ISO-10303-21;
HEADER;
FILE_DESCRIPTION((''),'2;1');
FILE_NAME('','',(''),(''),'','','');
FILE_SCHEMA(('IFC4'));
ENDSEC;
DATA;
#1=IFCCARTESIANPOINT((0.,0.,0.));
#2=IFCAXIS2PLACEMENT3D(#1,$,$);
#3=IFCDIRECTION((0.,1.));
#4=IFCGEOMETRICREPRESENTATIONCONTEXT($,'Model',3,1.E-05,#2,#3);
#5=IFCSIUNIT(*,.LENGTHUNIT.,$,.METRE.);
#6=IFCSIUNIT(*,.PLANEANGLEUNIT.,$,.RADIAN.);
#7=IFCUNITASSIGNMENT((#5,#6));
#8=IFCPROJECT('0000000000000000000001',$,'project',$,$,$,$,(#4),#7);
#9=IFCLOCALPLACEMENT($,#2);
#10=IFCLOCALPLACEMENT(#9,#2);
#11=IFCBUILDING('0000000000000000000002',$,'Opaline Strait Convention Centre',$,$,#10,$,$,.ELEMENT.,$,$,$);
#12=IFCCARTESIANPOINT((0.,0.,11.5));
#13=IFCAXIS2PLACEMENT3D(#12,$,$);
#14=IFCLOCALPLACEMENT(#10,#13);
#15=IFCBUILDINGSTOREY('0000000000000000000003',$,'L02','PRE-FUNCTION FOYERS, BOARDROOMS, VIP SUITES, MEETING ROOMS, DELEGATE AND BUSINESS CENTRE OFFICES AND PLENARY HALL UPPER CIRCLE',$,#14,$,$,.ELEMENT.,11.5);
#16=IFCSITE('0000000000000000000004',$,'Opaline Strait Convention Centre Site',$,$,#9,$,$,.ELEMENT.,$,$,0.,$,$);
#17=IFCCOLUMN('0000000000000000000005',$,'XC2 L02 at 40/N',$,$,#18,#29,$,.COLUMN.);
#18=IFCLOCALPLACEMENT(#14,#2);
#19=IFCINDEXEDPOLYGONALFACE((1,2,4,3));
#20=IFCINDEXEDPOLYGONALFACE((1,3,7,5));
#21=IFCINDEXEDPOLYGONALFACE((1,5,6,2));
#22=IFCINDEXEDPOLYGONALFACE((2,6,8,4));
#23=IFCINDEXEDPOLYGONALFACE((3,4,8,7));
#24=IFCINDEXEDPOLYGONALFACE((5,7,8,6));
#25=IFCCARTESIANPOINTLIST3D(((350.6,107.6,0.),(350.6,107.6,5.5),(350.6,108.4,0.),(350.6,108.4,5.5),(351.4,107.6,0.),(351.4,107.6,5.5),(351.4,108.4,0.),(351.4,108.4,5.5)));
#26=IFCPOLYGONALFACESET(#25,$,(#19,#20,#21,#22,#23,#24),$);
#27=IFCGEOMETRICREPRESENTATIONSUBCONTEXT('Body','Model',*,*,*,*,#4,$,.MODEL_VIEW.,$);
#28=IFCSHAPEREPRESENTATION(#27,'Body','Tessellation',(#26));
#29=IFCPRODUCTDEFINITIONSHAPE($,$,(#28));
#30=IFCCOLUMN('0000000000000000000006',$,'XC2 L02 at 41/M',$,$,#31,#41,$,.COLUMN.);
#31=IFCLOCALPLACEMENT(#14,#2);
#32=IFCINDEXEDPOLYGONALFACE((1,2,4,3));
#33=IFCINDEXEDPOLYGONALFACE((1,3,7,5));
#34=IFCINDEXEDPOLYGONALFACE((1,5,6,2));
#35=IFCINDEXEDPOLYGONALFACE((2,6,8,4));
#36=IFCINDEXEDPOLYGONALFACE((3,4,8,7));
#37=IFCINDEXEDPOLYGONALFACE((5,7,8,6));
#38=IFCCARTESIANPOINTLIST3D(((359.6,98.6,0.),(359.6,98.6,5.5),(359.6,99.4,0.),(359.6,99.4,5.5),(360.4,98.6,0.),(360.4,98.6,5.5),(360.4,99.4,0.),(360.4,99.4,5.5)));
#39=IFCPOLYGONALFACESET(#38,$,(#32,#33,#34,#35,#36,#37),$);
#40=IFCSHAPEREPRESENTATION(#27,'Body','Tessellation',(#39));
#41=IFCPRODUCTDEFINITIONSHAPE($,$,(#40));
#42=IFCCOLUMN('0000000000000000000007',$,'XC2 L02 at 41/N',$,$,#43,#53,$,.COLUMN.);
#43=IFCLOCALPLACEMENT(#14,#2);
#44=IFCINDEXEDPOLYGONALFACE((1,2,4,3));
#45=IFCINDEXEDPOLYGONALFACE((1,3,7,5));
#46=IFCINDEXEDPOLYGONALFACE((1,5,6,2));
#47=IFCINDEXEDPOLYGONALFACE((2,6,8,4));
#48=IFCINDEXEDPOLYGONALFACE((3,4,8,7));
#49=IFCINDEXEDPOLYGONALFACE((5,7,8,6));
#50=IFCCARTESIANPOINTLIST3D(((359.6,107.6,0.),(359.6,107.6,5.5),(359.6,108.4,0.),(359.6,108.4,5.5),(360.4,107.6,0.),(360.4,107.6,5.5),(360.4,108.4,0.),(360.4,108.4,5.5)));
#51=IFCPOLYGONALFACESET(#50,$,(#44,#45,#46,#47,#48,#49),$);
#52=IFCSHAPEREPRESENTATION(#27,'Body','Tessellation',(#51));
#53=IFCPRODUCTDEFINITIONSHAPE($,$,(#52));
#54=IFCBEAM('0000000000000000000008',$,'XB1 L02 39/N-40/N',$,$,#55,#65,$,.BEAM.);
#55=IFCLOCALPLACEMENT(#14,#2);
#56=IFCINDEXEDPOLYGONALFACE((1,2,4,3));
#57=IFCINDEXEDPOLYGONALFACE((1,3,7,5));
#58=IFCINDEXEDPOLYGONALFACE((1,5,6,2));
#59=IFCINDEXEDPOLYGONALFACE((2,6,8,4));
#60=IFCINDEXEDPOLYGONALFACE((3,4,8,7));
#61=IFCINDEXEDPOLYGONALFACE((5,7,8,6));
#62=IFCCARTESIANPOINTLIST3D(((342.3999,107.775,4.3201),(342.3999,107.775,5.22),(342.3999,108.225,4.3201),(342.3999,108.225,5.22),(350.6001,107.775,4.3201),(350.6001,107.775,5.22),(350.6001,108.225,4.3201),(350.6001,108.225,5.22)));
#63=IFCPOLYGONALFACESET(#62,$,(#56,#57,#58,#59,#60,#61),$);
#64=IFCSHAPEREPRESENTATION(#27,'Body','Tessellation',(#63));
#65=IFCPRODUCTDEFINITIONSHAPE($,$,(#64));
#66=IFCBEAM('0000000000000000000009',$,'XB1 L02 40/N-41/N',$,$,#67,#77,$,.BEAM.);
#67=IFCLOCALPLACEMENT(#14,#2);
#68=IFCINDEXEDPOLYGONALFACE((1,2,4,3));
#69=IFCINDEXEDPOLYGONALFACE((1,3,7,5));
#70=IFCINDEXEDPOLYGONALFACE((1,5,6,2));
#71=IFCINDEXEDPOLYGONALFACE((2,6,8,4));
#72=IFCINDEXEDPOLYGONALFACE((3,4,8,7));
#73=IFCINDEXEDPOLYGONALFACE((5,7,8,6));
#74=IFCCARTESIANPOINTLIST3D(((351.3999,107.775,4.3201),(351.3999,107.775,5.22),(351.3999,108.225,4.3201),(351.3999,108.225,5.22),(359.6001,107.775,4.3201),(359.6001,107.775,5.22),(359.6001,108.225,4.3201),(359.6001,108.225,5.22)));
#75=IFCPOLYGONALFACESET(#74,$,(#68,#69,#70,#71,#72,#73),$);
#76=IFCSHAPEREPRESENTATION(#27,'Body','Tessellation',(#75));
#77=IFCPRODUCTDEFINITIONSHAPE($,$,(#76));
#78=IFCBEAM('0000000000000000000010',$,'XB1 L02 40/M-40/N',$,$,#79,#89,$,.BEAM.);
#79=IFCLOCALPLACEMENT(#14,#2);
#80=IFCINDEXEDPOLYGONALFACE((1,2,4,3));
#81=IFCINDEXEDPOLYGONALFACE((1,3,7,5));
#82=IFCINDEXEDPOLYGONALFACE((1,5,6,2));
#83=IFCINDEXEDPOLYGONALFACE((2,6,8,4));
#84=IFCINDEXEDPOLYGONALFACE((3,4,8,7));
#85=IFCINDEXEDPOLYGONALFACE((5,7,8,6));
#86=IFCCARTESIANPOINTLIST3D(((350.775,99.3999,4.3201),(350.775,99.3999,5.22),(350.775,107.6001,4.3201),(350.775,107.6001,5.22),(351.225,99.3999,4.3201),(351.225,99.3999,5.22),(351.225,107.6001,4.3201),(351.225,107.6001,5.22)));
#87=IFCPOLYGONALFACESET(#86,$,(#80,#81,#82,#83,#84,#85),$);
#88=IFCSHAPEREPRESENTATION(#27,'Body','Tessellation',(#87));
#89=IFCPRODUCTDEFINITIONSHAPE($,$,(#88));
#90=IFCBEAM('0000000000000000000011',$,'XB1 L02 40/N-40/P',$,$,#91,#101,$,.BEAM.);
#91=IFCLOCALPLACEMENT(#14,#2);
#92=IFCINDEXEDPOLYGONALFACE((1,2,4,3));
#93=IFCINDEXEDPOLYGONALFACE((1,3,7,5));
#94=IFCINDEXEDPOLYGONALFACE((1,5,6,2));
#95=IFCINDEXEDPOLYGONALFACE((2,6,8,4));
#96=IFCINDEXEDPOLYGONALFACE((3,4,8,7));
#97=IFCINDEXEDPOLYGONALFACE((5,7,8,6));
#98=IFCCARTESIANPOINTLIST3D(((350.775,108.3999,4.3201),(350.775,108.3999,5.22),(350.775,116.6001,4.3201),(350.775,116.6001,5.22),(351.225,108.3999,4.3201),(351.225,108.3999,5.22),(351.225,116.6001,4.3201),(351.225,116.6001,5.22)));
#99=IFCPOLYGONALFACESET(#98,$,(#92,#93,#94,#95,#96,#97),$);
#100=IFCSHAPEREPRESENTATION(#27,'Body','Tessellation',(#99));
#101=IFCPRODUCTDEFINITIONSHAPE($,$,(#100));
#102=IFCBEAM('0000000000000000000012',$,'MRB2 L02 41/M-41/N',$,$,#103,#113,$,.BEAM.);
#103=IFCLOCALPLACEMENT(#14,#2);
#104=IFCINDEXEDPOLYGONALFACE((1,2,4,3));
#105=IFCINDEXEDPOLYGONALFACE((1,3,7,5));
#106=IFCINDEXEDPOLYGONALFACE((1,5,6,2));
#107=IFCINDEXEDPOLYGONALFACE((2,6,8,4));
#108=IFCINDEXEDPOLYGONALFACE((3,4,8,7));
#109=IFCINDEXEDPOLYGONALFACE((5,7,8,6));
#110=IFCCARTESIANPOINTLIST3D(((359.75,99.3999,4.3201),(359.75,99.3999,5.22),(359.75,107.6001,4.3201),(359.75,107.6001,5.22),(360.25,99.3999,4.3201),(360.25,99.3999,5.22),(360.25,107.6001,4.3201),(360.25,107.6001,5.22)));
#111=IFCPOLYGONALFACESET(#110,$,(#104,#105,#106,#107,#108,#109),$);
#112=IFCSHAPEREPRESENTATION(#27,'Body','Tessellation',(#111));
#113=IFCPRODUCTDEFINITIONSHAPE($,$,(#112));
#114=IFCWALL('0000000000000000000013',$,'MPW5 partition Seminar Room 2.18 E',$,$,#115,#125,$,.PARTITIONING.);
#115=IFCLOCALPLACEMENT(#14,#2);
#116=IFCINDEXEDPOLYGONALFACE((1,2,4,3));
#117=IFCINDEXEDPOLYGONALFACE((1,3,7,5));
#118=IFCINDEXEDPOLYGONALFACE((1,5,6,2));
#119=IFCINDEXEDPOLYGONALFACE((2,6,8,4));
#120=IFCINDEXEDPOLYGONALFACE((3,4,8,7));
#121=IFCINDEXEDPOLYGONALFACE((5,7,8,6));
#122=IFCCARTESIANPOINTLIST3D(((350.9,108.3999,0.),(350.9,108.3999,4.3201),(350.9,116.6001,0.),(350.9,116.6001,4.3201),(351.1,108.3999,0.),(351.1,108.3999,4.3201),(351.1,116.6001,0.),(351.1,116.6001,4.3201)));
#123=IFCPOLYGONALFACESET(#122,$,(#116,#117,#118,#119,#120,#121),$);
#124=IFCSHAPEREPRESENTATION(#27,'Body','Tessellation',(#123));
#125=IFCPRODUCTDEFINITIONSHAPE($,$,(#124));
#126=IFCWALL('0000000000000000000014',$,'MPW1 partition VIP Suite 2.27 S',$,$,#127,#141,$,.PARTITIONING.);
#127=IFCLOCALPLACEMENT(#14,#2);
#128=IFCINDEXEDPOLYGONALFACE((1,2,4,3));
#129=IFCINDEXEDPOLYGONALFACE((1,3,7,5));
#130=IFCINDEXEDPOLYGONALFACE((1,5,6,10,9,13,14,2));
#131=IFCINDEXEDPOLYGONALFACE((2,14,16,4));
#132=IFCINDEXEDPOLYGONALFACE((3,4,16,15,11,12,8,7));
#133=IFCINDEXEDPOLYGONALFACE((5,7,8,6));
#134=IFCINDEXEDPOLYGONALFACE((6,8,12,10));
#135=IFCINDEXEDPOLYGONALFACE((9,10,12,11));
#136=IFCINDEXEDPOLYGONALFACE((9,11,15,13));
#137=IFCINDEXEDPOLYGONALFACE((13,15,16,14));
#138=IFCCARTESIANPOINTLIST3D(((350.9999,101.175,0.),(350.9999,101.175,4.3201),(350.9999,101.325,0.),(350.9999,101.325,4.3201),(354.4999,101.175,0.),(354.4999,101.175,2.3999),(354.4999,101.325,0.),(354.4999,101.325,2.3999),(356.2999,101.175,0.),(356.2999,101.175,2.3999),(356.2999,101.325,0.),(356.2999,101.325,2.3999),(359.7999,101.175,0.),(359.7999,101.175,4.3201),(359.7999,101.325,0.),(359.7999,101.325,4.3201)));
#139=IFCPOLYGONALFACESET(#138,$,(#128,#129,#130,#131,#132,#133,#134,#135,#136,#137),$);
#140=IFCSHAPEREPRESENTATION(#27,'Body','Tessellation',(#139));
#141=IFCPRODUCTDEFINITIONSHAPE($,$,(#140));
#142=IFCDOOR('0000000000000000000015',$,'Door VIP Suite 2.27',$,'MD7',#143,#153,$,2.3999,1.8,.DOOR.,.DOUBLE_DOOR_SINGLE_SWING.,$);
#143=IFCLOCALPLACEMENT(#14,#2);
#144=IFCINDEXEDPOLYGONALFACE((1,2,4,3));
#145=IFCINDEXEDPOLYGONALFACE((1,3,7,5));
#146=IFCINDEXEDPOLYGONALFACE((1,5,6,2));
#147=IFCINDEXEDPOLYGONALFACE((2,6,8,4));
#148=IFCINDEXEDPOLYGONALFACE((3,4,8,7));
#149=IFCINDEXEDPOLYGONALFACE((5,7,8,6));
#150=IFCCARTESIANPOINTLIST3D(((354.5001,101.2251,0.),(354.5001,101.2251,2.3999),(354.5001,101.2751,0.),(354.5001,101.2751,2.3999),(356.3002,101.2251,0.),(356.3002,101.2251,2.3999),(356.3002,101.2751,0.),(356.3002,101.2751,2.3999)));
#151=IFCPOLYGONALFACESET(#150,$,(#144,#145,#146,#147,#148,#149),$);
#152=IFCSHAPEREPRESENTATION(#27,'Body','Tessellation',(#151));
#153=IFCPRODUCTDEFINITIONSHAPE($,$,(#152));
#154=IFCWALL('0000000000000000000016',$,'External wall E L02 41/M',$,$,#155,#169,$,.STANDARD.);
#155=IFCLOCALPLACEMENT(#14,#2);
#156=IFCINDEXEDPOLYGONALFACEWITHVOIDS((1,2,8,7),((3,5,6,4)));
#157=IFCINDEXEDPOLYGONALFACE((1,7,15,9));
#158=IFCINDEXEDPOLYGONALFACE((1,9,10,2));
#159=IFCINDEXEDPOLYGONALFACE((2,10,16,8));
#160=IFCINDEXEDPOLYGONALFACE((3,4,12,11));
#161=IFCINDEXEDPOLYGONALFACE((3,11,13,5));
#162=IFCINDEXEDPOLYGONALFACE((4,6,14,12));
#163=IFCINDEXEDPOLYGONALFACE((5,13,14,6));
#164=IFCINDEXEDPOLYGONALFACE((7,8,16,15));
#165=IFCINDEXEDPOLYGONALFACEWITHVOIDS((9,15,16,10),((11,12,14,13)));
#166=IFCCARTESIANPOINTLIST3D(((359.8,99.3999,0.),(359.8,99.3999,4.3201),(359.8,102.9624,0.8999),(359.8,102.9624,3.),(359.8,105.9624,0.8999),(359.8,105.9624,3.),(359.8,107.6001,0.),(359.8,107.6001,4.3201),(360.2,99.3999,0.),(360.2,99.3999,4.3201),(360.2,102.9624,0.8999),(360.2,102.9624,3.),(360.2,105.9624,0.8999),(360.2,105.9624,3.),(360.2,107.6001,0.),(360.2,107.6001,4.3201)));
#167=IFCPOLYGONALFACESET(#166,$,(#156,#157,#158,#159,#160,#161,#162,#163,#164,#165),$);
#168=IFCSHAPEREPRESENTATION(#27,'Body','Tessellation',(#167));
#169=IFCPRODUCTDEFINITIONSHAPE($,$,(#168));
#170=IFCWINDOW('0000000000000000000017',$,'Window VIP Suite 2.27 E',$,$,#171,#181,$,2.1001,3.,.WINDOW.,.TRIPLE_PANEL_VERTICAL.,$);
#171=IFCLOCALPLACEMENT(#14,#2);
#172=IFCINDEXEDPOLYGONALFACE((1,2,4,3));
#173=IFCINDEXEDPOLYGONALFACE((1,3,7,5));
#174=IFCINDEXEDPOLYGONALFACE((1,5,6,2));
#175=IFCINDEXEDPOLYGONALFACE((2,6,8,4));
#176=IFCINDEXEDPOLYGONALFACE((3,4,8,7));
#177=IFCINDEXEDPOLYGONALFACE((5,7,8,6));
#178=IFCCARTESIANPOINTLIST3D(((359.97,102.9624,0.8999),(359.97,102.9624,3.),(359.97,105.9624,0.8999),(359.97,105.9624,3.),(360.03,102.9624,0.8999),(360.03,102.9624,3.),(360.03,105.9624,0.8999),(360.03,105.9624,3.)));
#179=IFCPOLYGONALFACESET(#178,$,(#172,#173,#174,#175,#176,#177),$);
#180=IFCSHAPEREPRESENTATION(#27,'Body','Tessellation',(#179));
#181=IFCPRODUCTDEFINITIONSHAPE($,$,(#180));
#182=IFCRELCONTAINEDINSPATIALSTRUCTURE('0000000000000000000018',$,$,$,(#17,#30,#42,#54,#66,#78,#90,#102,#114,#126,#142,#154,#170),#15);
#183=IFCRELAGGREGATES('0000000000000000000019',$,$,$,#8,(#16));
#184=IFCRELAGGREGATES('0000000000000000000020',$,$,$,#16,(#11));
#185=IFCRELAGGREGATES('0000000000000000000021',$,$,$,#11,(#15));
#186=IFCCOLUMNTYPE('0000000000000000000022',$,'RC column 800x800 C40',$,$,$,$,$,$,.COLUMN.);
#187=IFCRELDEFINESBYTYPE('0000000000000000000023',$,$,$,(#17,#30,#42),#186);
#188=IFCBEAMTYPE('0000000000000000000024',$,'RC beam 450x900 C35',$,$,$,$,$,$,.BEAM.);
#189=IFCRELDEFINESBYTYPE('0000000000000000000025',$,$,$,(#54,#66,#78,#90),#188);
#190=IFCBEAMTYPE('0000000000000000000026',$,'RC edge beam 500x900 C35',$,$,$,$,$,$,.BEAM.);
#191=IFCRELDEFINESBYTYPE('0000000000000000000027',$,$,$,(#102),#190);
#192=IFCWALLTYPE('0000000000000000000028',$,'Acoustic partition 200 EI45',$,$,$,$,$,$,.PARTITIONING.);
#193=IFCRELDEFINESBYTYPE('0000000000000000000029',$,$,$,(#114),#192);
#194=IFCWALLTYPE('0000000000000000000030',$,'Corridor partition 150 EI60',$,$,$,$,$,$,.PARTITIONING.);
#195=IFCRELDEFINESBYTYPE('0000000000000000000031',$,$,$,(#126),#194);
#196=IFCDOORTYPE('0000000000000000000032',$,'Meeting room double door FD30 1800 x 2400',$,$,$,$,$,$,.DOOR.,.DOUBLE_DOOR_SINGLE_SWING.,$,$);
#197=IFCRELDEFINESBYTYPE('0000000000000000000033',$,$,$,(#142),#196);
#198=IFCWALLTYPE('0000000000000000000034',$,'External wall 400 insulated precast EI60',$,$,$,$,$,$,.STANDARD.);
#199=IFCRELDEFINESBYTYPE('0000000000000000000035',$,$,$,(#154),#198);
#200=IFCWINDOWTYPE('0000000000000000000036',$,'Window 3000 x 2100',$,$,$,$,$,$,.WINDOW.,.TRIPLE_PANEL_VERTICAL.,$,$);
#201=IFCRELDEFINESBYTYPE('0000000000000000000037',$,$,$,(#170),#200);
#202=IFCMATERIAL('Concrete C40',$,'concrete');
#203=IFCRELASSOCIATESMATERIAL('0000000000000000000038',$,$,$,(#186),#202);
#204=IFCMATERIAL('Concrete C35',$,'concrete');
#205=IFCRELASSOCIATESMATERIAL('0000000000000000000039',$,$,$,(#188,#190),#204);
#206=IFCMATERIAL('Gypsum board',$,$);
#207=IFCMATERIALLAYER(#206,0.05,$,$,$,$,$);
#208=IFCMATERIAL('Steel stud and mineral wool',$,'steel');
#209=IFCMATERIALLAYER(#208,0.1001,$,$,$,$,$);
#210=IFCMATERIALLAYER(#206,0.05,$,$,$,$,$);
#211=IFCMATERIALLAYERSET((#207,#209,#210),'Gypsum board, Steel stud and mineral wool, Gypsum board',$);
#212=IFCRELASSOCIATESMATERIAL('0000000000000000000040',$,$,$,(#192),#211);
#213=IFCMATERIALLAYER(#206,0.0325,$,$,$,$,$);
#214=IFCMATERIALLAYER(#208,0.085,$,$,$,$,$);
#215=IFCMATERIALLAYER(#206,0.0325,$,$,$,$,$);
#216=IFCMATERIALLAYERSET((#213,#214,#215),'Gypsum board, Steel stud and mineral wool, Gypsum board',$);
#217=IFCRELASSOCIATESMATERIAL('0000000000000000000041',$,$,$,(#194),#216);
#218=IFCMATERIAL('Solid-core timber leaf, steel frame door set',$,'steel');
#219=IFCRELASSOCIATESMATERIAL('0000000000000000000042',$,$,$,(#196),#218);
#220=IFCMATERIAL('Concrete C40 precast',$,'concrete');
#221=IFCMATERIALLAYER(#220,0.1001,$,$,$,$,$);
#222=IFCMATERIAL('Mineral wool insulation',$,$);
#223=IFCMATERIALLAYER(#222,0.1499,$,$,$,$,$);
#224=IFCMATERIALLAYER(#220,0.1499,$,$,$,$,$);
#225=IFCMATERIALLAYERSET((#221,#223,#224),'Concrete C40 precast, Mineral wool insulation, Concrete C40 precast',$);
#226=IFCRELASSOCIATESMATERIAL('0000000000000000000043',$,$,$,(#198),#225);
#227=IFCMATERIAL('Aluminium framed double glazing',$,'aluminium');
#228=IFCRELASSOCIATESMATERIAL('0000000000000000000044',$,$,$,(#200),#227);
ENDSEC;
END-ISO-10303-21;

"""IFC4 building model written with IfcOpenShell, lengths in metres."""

from ifc_helpers import new_model, si_unit, direction, frame, frame_2d, origin, origin_2d, place, context, subcontext, project, spatial, rectangle, extrude, material, layer, layer_set, material_profile, profile_set, type_object, element, fill, save


model = new_model("IFC4")

# Units and contexts
model_context = context("Model", 3, precision=1e-05, world=origin(), true_north=direction((0.0, 1.0)))
body_context = subcontext(model_context, "Body", "Model", "MODEL_VIEW")
ifc_project = project(units=[si_unit("LENGTHUNIT", "METRE"), si_unit("PLANEANGLEUNIT", "RADIAN")], contexts=[model_context])

# Site, building, storey
site_placement = place(None, origin())
site = spatial("IfcSite", under=ifc_project, at=site_placement, Name="Opaline Strait Convention Centre Site", CompositionType="ELEMENT", RefElevation=0.0)
building_placement = place(site_placement, origin())
building = spatial("IfcBuilding", under=site, at=building_placement, Name="Opaline Strait Convention Centre", CompositionType="ELEMENT")
storey_placement = place(building_placement, frame((0.0, 0.0, 11.5)))
storey = spatial("IfcBuildingStorey", under=building, at=storey_placement, Name="L02", Description="PRE-FUNCTION FOYERS, BOARDROOMS, VIP SUITES, MEETING ROOMS, DELEGATE AND BUSINESS CENTRE OFFICES AND PLENARY HALL UPPER CIRCLE", CompositionType="ELEMENT", Elevation=11.5)

# Columns
ifc_material_1 = material(Name="Concrete C40", Category="concrete")
ifc_material_profile_1 = material_profile(ifc_material_1, rectangle(XDim=0.8, YDim=0.8, at=origin_2d()), Name="RC 800x800")
ifc_profile_set_1 = profile_set([ifc_material_profile_1], Name="Concrete C40")
column_type = type_object("IfcColumnType", Name="RC column 800x800 C40", PredefinedType="COLUMN", material=ifc_profile_set_1)
for number, where, z_axis, x_axis, name in (
    (1, (351.0, 108.0, 0.0), (0.0, 0.0, 1.0), (1.0, 0.0, 0.0), "XC2 L02 at 40/N"),
    (2, (360.0, 99.0, 0.0), (0.0, 0.0, 1.0), (1.0, 0.0, 0.0), "XC2 L02 at 41/M"),
    (3, (360.0, 108.0, 0.0), (0.0, 0.0, 1.0), (1.0, 0.0, 0.0), "XC2 L02 at 41/N"),
):
    element("IfcColumn", number, at=place(storey_placement, frame(where, z_axis=z_axis, x_axis=x_axis)), inside=storey, type_object=column_type, Name=name, PredefinedType="COLUMN", context=body_context, shape_type="SweptSolid", body=[
        extrude(rectangle(XDim=0.8, YDim=0.8, at=origin_2d()), origin(), (0.0, 0.0, 1.0), 5.5),
    ])

# Beams
ifc_material_2 = material(Name="Concrete C35", Category="concrete")
ifc_material_profile_2 = material_profile(ifc_material_2, rectangle(XDim=0.45, YDim=0.8999, at=origin_2d()), Name="RC 450x900")
ifc_profile_set_2 = profile_set([ifc_material_profile_2], Name="Concrete C35")
beam_type_1 = type_object("IfcBeamType", Name="RC beam 450x900 C35", PredefinedType="BEAM", material=ifc_profile_set_2)
for number, where, z_axis, x_axis, name in (
    (4, (342.3999, 108.0, 4.77), (1.0, 0.0, 0.0), (0.0, 1.0, 0.0), "XB1 L02 39/N-40/N"),
    (5, (351.3999, 108.0, 4.77), (1.0, 0.0, 0.0), (0.0, 1.0, 0.0), "XB1 L02 40/N-41/N"),
    (6, (351.0, 99.3999, 4.77), (0.0, 1.0, 0.0), (-1.0, 0.0, 0.0), "XB1 L02 40/M-40/N"),
    (7, (351.0, 108.3999, 4.77), (0.0, 1.0, 0.0), (-1.0, 0.0, 0.0), "XB1 L02 40/N-40/P"),
):
    element("IfcBeam", number, at=place(storey_placement, frame(where, z_axis=z_axis, x_axis=x_axis)), inside=storey, type_object=beam_type_1, Name=name, PredefinedType="BEAM", context=body_context, shape_type="SweptSolid", body=[
        extrude(rectangle(XDim=0.45, YDim=0.8999, at=origin_2d()), origin(), (0.0, 0.0, 1.0), 8.2002),
    ])
ifc_material_profile_3 = material_profile(ifc_material_2, rectangle(XDim=0.5, YDim=0.8999, at=origin_2d()), Name="RC 500x900")
ifc_profile_set_3 = profile_set([ifc_material_profile_3], Name="Concrete C35")
beam_type_2 = type_object("IfcBeamType", Name="RC edge beam 500x900 C35", PredefinedType="BEAM", material=ifc_profile_set_3)
beam_placement = place(storey_placement, frame((360.0, 99.3999, 4.77), z_axis=(0.0, 1.0, 0.0), x_axis=(-1.0, 0.0, 0.0)))
element("IfcBeam", 8, at=beam_placement, inside=storey, type_object=beam_type_2, Name="MRB2 L02 41/M-41/N", PredefinedType="BEAM", context=body_context, shape_type="SweptSolid", body=[
    extrude(rectangle(XDim=0.5, YDim=0.8999, at=origin_2d()), origin(), (0.0, 0.0, 1.0), 8.2002),
])

# Wall
ifc_material_3 = material(Name="Gypsum board")
ifc_layer_1 = layer(ifc_material_3, 0.05)
ifc_material_4 = material(Name="Steel stud and mineral wool", Category="steel")
ifc_layer_2 = layer(ifc_material_4, 0.1001)
ifc_layer_3 = layer(ifc_material_3, 0.05)
ifc_layer_set_1 = layer_set([ifc_layer_1, ifc_layer_2, ifc_layer_3], Name="Gypsum board, Steel stud and mineral wool, Gypsum board")
wall_type_1 = type_object("IfcWallType", Name="Acoustic partition 200 EI45", PredefinedType="PARTITIONING", material=ifc_layer_set_1)
wall_1_placement = place(storey_placement, frame((351.0, 108.3999, 0.0), z_axis=(0.0, 0.0, 1.0), x_axis=(0.0, 1.0, 0.0)))
element("IfcWall", 9, at=wall_1_placement, inside=storey, type_object=wall_type_1, Name="MPW5 partition Seminar Room 2.18 E", PredefinedType="PARTITIONING", context=body_context, shape_type="SweptSolid", body=[
    extrude(rectangle(XDim=8.2002, YDim=0.2, at=frame_2d((4.1001, 0.0))), origin(), (0.0, 0.0, 1.0), 4.3201),
])

# Wall, opening, door
ifc_layer_4 = layer(ifc_material_3, 0.0325)
ifc_layer_5 = layer(ifc_material_4, 0.085)
ifc_layer_6 = layer(ifc_material_3, 0.0325)
ifc_layer_set_2 = layer_set([ifc_layer_4, ifc_layer_5, ifc_layer_6], Name="Gypsum board, Steel stud and mineral wool, Gypsum board")
wall_type_2 = type_object("IfcWallType", Name="Corridor partition 150 EI60", PredefinedType="PARTITIONING", material=ifc_layer_set_2)
wall_2_placement = place(storey_placement, frame((351.0, 101.25, 0.0), z_axis=(0.0, 0.0, 1.0), x_axis=(1.0, 0.0, 0.0)))
wall_2 = element("IfcWall", 10, at=wall_2_placement, inside=storey, type_object=wall_type_2, Name="MPW1 partition VIP Suite 2.27 S", PredefinedType="PARTITIONING", context=body_context, shape_type="SweptSolid", body=[
    extrude(rectangle(XDim=8.8, YDim=0.1499, at=frame_2d((4.3999, 0.0))), origin(), (0.0, 0.0, 1.0), 4.3201),
])
opening_1_placement = place(wall_2_placement, frame((3.5, 0.0, 0.0)))
opening_1 = element("IfcOpeningElement", 11, at=opening_1_placement, cuts=wall_2, PredefinedType="OPENING", context=body_context, shape_type="SweptSolid", body=[
    extrude(rectangle(XDim=1.8, YDim=2.3999, at=frame_2d((0.8999, 1.2))), frame((0.0, 0.085, 0.0), z_axis=(0.0, -1.0, 0.0), x_axis=(1.0, 0.0, 0.0)), (0.0, 0.0, 1.0), 0.1699),
])
ifc_material_5 = material(Name="Solid-core timber leaf, steel frame door set", Category="steel")
door_type = type_object("IfcDoorType", Name="Meeting room double door FD30 1800 x 2400", OperationType="DOUBLE_DOOR_SINGLE_SWING", PredefinedType="DOOR", material=ifc_material_5)
door_placement = place(opening_1_placement, frame((1.8, 0.0, 0.0), z_axis=(0.0, 0.0, 1.0), x_axis=(-1.0, 0.0, 0.0)))
door = element("IfcDoor", 12, at=door_placement, inside=storey, type_object=door_type, Name="Door VIP Suite 2.27", ObjectType="MD7", OperationType="DOUBLE_DOOR_SINGLE_SWING", OverallHeight=2.3999, OverallWidth=1.8, PredefinedType="DOOR", context=body_context, shape_type="SweptSolid", body=[
    extrude(rectangle(XDim=1.8, YDim=2.3999, at=frame_2d((0.8999, 1.2))), frame((0.0, 0.0249, 0.0), z_axis=(0.0, -1.0, 0.0), x_axis=(1.0, 0.0, 0.0)), (0.0, 0.0, 1.0), 0.05),
])
fill(opening_1, door)

# Wall, opening, window
ifc_material_6 = material(Name="Concrete C40 precast", Category="concrete")
ifc_layer_7 = layer(ifc_material_6, 0.1001)
ifc_material_7 = material(Name="Mineral wool insulation")
ifc_layer_8 = layer(ifc_material_7, 0.1499)
ifc_layer_9 = layer(ifc_material_6, 0.1499)
ifc_layer_set_3 = layer_set([ifc_layer_7, ifc_layer_8, ifc_layer_9], Name="Concrete C40 precast, Mineral wool insulation, Concrete C40 precast")
wall_type_3 = type_object("IfcWallType", Name="External wall 400 insulated precast EI60", PredefinedType="STANDARD", material=ifc_layer_set_3)
wall_3_placement = place(storey_placement, frame((360.0, 99.3999, 0.0), z_axis=(0.0, 0.0, 1.0), x_axis=(0.0, 1.0, 0.0)))
wall_3 = element("IfcWall", 13, at=wall_3_placement, inside=storey, type_object=wall_type_3, Name="External wall E L02 41/M", PredefinedType="STANDARD", context=body_context, shape_type="SweptSolid", body=[
    extrude(rectangle(XDim=8.2002, YDim=0.3999, at=frame_2d((4.1001, 0.0))), origin(), (0.0, 0.0, 1.0), 4.3201),
])
opening_2_placement = place(wall_3_placement, frame((3.5625, 0.0, 0.8999)))
opening_2 = element("IfcOpeningElement", 14, at=opening_2_placement, cuts=wall_3, PredefinedType="OPENING", context=body_context, shape_type="SweptSolid", body=[
    extrude(rectangle(XDim=3.0, YDim=2.1001, at=frame_2d((1.5, 1.05))), frame((0.0, 0.21, 0.0), z_axis=(0.0, -1.0, 0.0), x_axis=(1.0, 0.0, 0.0)), (0.0, 0.0, 1.0), 0.4199),
])
ifc_material_8 = material(Name="Aluminium framed double glazing", Category="aluminium")
window_type = type_object("IfcWindowType", Name="Window 3000 x 2100", PartitioningType="TRIPLE_PANEL_VERTICAL", PredefinedType="WINDOW", material=ifc_material_8)
window_placement = place(opening_2_placement, origin())
window = element("IfcWindow", 15, at=window_placement, inside=storey, type_object=window_type, Name="Window VIP Suite 2.27 E", OverallHeight=2.1001, OverallWidth=3.0, PartitioningType="TRIPLE_PANEL_VERTICAL", PredefinedType="WINDOW", context=body_context, shape_type="SweptSolid", body=[
    extrude(rectangle(XDim=3.0, YDim=2.1001, at=frame_2d((1.5, 1.05))), frame((0.0, 0.03, 0.0), z_axis=(0.0, -1.0, 0.0), x_axis=(1.0, 0.0, 0.0)), (0.0, 0.0, 1.0), 0.0601),
])
fill(opening_2, window)

save(model, "model.ifc")
